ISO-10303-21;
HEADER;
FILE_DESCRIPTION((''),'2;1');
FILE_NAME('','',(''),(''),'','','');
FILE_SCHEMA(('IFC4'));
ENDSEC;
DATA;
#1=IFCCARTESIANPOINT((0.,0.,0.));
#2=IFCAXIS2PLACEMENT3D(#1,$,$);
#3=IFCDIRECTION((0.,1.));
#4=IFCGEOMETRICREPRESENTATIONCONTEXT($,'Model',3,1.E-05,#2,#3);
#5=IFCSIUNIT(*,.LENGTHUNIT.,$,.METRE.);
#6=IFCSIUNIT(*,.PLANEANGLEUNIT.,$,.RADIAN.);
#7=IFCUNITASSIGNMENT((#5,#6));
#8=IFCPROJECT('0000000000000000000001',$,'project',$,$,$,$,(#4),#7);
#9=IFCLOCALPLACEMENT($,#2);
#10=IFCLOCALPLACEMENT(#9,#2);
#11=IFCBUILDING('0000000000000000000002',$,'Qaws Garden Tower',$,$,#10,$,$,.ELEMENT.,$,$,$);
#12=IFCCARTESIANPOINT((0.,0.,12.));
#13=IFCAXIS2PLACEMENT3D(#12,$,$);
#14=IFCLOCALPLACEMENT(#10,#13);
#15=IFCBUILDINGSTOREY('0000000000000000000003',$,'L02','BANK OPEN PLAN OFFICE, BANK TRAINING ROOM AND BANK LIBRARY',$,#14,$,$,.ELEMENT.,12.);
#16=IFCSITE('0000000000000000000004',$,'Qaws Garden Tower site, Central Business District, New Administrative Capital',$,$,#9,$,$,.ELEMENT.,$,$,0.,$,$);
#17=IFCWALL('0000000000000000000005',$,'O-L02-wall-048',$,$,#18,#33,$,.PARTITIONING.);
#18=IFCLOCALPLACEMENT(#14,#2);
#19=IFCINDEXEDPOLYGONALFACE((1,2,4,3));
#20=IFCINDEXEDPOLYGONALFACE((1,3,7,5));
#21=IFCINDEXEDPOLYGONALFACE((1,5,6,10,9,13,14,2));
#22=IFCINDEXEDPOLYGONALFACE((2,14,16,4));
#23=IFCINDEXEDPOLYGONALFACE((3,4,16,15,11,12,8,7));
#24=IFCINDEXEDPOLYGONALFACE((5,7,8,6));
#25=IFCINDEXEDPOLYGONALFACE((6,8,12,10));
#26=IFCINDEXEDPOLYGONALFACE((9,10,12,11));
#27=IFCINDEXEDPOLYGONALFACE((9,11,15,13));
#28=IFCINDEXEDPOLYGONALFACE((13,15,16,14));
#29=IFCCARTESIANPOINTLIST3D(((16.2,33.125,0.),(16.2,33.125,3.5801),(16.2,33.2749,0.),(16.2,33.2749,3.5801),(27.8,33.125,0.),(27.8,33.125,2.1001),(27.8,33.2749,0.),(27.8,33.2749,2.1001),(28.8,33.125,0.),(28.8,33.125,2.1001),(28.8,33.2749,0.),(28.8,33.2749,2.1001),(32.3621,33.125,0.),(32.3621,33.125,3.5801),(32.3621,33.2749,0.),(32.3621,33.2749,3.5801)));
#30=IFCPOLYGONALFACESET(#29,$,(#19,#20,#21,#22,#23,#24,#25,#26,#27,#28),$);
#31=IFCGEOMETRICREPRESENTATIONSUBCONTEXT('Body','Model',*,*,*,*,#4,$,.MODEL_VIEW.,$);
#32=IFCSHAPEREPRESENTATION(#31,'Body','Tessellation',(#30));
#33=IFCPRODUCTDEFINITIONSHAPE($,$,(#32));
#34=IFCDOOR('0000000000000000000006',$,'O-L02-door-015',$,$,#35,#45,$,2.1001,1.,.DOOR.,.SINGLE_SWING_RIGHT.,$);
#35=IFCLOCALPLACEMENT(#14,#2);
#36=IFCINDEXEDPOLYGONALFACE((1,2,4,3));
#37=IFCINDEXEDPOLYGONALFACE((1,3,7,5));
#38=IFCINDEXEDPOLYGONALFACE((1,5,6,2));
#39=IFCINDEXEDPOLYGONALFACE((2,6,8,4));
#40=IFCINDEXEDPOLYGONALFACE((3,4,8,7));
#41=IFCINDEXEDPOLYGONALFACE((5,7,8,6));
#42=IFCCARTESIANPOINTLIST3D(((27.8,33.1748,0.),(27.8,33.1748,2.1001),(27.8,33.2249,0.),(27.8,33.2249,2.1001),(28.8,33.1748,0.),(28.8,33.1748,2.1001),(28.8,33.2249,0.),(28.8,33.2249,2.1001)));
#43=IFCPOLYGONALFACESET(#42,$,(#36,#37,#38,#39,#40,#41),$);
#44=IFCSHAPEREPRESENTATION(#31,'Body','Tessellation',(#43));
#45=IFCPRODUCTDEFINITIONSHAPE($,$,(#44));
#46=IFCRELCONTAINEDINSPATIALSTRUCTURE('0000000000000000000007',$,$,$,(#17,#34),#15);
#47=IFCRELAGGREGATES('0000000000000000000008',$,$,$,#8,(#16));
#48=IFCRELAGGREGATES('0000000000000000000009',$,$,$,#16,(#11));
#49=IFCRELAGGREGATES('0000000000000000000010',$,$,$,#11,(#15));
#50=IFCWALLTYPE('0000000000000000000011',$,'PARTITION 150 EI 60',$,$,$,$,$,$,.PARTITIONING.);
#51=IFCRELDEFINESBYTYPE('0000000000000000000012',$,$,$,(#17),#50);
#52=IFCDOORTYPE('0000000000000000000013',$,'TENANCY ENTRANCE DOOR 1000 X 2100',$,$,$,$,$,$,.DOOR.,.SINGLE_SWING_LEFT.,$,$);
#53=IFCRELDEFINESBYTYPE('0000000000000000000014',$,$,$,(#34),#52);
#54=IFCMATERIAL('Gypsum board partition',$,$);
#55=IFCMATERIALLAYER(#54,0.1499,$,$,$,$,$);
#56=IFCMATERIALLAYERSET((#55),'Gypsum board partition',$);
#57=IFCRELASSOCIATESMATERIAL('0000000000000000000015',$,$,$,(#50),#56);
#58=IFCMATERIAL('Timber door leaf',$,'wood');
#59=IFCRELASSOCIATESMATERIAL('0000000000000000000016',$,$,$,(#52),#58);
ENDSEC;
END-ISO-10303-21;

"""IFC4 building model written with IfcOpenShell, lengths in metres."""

from ifc_helpers import new_model, si_unit, direction, frame, frame_2d, origin, place, context, subcontext, project, spatial, rectangle, extrude, material, layer, layer_set, type_object, element, fill, save


model = new_model("IFC4")

# Units and contexts
model_context = context("Model", 3, precision=1e-05, world=origin(), true_north=direction((0.0, 1.0)))
body_context = subcontext(model_context, "Body", "Model", "MODEL_VIEW")
ifc_project = project(units=[si_unit("LENGTHUNIT", "METRE"), si_unit("PLANEANGLEUNIT", "RADIAN")], contexts=[model_context])

# Site, building, storey
site_placement = place(None, origin())
site = spatial("IfcSite", under=ifc_project, at=site_placement, Name="Qaws Garden Tower site, Central Business District, New Administrative Capital", CompositionType="ELEMENT", RefElevation=0.0)
building_placement = place(site_placement, origin())
building = spatial("IfcBuilding", under=site, at=building_placement, Name="Qaws Garden Tower", CompositionType="ELEMENT")
storey_placement = place(building_placement, frame((0.0, 0.0, 12.0)))
storey = spatial("IfcBuildingStorey", under=building, at=storey_placement, Name="L02", Description="BANK OPEN PLAN OFFICE, BANK TRAINING ROOM AND BANK LIBRARY", CompositionType="ELEMENT", Elevation=12.0)

# Shared definitions
ifc_material_1 = material(Name="Gypsum board partition")
ifc_layer_1 = layer(ifc_material_1, 0.1499)
ifc_layer_set_1 = layer_set([ifc_layer_1], Name="Gypsum board partition")
wall_type_1 = type_object("IfcWallType", Name="PARTITION 150 EI 60", PredefinedType="PARTITIONING", material=ifc_layer_set_1)

# Shared definitions
ifc_material_2 = material(Name="Timber door leaf", Category="wood")
door_type_1 = type_object("IfcDoorType", Name="TENANCY ENTRANCE DOOR 1000 X 2100", OperationType="SINGLE_SWING_LEFT", PredefinedType="DOOR", material=ifc_material_2)

# Wall, opening, door
wall_1_placement = place(storey_placement, frame((16.2, 33.2, 0.0), z_axis=(0.0, 0.0, 1.0), x_axis=(1.0, 0.0, 0.0)))
wall_1 = element("IfcWall", 1, at=wall_1_placement, inside=storey, type_object=wall_type_1, Name="O-L02-wall-048", PredefinedType="PARTITIONING", context=body_context, shape_type="SweptSolid", body=[
    extrude(rectangle(XDim=16.1621, YDim=0.1499, at=frame_2d((8.0811, 0.0))), origin(), (0.0, 0.0, 1.0), 3.5801),
])
opening_1_placement = place(wall_1_placement, frame((11.6001, 0.0, 0.0)))
opening_1 = element("IfcOpeningElement", 2, at=opening_1_placement, cuts=wall_1, PredefinedType="OPENING", context=body_context, shape_type="SweptSolid", body=[
    extrude(rectangle(XDim=1.0, YDim=2.1001, at=frame_2d((0.5, 1.05))), frame((0.0, 0.085, 0.0), z_axis=(0.0, -1.0, 0.0), x_axis=(1.0, 0.0, 0.0)), (0.0, 0.0, 1.0), 0.1699),
])
door_1_placement = place(opening_1_placement, origin())
door_1 = element("IfcDoor", 3, at=door_1_placement, inside=storey, type_object=door_type_1, Name="O-L02-door-015", OperationType="SINGLE_SWING_RIGHT", OverallHeight=2.1001, OverallWidth=1.0, PredefinedType="DOOR", context=body_context, shape_type="SweptSolid", body=[
    extrude(rectangle(XDim=1.0, YDim=2.1001, at=frame_2d((0.5, 1.05))), frame((0.0, 0.0249, 0.0), z_axis=(0.0, -1.0, 0.0), x_axis=(1.0, 0.0, 0.0)), (0.0, 0.0, 1.0), 0.05),
])
fill(opening_1, door_1)

save(model, "model.ifc")
